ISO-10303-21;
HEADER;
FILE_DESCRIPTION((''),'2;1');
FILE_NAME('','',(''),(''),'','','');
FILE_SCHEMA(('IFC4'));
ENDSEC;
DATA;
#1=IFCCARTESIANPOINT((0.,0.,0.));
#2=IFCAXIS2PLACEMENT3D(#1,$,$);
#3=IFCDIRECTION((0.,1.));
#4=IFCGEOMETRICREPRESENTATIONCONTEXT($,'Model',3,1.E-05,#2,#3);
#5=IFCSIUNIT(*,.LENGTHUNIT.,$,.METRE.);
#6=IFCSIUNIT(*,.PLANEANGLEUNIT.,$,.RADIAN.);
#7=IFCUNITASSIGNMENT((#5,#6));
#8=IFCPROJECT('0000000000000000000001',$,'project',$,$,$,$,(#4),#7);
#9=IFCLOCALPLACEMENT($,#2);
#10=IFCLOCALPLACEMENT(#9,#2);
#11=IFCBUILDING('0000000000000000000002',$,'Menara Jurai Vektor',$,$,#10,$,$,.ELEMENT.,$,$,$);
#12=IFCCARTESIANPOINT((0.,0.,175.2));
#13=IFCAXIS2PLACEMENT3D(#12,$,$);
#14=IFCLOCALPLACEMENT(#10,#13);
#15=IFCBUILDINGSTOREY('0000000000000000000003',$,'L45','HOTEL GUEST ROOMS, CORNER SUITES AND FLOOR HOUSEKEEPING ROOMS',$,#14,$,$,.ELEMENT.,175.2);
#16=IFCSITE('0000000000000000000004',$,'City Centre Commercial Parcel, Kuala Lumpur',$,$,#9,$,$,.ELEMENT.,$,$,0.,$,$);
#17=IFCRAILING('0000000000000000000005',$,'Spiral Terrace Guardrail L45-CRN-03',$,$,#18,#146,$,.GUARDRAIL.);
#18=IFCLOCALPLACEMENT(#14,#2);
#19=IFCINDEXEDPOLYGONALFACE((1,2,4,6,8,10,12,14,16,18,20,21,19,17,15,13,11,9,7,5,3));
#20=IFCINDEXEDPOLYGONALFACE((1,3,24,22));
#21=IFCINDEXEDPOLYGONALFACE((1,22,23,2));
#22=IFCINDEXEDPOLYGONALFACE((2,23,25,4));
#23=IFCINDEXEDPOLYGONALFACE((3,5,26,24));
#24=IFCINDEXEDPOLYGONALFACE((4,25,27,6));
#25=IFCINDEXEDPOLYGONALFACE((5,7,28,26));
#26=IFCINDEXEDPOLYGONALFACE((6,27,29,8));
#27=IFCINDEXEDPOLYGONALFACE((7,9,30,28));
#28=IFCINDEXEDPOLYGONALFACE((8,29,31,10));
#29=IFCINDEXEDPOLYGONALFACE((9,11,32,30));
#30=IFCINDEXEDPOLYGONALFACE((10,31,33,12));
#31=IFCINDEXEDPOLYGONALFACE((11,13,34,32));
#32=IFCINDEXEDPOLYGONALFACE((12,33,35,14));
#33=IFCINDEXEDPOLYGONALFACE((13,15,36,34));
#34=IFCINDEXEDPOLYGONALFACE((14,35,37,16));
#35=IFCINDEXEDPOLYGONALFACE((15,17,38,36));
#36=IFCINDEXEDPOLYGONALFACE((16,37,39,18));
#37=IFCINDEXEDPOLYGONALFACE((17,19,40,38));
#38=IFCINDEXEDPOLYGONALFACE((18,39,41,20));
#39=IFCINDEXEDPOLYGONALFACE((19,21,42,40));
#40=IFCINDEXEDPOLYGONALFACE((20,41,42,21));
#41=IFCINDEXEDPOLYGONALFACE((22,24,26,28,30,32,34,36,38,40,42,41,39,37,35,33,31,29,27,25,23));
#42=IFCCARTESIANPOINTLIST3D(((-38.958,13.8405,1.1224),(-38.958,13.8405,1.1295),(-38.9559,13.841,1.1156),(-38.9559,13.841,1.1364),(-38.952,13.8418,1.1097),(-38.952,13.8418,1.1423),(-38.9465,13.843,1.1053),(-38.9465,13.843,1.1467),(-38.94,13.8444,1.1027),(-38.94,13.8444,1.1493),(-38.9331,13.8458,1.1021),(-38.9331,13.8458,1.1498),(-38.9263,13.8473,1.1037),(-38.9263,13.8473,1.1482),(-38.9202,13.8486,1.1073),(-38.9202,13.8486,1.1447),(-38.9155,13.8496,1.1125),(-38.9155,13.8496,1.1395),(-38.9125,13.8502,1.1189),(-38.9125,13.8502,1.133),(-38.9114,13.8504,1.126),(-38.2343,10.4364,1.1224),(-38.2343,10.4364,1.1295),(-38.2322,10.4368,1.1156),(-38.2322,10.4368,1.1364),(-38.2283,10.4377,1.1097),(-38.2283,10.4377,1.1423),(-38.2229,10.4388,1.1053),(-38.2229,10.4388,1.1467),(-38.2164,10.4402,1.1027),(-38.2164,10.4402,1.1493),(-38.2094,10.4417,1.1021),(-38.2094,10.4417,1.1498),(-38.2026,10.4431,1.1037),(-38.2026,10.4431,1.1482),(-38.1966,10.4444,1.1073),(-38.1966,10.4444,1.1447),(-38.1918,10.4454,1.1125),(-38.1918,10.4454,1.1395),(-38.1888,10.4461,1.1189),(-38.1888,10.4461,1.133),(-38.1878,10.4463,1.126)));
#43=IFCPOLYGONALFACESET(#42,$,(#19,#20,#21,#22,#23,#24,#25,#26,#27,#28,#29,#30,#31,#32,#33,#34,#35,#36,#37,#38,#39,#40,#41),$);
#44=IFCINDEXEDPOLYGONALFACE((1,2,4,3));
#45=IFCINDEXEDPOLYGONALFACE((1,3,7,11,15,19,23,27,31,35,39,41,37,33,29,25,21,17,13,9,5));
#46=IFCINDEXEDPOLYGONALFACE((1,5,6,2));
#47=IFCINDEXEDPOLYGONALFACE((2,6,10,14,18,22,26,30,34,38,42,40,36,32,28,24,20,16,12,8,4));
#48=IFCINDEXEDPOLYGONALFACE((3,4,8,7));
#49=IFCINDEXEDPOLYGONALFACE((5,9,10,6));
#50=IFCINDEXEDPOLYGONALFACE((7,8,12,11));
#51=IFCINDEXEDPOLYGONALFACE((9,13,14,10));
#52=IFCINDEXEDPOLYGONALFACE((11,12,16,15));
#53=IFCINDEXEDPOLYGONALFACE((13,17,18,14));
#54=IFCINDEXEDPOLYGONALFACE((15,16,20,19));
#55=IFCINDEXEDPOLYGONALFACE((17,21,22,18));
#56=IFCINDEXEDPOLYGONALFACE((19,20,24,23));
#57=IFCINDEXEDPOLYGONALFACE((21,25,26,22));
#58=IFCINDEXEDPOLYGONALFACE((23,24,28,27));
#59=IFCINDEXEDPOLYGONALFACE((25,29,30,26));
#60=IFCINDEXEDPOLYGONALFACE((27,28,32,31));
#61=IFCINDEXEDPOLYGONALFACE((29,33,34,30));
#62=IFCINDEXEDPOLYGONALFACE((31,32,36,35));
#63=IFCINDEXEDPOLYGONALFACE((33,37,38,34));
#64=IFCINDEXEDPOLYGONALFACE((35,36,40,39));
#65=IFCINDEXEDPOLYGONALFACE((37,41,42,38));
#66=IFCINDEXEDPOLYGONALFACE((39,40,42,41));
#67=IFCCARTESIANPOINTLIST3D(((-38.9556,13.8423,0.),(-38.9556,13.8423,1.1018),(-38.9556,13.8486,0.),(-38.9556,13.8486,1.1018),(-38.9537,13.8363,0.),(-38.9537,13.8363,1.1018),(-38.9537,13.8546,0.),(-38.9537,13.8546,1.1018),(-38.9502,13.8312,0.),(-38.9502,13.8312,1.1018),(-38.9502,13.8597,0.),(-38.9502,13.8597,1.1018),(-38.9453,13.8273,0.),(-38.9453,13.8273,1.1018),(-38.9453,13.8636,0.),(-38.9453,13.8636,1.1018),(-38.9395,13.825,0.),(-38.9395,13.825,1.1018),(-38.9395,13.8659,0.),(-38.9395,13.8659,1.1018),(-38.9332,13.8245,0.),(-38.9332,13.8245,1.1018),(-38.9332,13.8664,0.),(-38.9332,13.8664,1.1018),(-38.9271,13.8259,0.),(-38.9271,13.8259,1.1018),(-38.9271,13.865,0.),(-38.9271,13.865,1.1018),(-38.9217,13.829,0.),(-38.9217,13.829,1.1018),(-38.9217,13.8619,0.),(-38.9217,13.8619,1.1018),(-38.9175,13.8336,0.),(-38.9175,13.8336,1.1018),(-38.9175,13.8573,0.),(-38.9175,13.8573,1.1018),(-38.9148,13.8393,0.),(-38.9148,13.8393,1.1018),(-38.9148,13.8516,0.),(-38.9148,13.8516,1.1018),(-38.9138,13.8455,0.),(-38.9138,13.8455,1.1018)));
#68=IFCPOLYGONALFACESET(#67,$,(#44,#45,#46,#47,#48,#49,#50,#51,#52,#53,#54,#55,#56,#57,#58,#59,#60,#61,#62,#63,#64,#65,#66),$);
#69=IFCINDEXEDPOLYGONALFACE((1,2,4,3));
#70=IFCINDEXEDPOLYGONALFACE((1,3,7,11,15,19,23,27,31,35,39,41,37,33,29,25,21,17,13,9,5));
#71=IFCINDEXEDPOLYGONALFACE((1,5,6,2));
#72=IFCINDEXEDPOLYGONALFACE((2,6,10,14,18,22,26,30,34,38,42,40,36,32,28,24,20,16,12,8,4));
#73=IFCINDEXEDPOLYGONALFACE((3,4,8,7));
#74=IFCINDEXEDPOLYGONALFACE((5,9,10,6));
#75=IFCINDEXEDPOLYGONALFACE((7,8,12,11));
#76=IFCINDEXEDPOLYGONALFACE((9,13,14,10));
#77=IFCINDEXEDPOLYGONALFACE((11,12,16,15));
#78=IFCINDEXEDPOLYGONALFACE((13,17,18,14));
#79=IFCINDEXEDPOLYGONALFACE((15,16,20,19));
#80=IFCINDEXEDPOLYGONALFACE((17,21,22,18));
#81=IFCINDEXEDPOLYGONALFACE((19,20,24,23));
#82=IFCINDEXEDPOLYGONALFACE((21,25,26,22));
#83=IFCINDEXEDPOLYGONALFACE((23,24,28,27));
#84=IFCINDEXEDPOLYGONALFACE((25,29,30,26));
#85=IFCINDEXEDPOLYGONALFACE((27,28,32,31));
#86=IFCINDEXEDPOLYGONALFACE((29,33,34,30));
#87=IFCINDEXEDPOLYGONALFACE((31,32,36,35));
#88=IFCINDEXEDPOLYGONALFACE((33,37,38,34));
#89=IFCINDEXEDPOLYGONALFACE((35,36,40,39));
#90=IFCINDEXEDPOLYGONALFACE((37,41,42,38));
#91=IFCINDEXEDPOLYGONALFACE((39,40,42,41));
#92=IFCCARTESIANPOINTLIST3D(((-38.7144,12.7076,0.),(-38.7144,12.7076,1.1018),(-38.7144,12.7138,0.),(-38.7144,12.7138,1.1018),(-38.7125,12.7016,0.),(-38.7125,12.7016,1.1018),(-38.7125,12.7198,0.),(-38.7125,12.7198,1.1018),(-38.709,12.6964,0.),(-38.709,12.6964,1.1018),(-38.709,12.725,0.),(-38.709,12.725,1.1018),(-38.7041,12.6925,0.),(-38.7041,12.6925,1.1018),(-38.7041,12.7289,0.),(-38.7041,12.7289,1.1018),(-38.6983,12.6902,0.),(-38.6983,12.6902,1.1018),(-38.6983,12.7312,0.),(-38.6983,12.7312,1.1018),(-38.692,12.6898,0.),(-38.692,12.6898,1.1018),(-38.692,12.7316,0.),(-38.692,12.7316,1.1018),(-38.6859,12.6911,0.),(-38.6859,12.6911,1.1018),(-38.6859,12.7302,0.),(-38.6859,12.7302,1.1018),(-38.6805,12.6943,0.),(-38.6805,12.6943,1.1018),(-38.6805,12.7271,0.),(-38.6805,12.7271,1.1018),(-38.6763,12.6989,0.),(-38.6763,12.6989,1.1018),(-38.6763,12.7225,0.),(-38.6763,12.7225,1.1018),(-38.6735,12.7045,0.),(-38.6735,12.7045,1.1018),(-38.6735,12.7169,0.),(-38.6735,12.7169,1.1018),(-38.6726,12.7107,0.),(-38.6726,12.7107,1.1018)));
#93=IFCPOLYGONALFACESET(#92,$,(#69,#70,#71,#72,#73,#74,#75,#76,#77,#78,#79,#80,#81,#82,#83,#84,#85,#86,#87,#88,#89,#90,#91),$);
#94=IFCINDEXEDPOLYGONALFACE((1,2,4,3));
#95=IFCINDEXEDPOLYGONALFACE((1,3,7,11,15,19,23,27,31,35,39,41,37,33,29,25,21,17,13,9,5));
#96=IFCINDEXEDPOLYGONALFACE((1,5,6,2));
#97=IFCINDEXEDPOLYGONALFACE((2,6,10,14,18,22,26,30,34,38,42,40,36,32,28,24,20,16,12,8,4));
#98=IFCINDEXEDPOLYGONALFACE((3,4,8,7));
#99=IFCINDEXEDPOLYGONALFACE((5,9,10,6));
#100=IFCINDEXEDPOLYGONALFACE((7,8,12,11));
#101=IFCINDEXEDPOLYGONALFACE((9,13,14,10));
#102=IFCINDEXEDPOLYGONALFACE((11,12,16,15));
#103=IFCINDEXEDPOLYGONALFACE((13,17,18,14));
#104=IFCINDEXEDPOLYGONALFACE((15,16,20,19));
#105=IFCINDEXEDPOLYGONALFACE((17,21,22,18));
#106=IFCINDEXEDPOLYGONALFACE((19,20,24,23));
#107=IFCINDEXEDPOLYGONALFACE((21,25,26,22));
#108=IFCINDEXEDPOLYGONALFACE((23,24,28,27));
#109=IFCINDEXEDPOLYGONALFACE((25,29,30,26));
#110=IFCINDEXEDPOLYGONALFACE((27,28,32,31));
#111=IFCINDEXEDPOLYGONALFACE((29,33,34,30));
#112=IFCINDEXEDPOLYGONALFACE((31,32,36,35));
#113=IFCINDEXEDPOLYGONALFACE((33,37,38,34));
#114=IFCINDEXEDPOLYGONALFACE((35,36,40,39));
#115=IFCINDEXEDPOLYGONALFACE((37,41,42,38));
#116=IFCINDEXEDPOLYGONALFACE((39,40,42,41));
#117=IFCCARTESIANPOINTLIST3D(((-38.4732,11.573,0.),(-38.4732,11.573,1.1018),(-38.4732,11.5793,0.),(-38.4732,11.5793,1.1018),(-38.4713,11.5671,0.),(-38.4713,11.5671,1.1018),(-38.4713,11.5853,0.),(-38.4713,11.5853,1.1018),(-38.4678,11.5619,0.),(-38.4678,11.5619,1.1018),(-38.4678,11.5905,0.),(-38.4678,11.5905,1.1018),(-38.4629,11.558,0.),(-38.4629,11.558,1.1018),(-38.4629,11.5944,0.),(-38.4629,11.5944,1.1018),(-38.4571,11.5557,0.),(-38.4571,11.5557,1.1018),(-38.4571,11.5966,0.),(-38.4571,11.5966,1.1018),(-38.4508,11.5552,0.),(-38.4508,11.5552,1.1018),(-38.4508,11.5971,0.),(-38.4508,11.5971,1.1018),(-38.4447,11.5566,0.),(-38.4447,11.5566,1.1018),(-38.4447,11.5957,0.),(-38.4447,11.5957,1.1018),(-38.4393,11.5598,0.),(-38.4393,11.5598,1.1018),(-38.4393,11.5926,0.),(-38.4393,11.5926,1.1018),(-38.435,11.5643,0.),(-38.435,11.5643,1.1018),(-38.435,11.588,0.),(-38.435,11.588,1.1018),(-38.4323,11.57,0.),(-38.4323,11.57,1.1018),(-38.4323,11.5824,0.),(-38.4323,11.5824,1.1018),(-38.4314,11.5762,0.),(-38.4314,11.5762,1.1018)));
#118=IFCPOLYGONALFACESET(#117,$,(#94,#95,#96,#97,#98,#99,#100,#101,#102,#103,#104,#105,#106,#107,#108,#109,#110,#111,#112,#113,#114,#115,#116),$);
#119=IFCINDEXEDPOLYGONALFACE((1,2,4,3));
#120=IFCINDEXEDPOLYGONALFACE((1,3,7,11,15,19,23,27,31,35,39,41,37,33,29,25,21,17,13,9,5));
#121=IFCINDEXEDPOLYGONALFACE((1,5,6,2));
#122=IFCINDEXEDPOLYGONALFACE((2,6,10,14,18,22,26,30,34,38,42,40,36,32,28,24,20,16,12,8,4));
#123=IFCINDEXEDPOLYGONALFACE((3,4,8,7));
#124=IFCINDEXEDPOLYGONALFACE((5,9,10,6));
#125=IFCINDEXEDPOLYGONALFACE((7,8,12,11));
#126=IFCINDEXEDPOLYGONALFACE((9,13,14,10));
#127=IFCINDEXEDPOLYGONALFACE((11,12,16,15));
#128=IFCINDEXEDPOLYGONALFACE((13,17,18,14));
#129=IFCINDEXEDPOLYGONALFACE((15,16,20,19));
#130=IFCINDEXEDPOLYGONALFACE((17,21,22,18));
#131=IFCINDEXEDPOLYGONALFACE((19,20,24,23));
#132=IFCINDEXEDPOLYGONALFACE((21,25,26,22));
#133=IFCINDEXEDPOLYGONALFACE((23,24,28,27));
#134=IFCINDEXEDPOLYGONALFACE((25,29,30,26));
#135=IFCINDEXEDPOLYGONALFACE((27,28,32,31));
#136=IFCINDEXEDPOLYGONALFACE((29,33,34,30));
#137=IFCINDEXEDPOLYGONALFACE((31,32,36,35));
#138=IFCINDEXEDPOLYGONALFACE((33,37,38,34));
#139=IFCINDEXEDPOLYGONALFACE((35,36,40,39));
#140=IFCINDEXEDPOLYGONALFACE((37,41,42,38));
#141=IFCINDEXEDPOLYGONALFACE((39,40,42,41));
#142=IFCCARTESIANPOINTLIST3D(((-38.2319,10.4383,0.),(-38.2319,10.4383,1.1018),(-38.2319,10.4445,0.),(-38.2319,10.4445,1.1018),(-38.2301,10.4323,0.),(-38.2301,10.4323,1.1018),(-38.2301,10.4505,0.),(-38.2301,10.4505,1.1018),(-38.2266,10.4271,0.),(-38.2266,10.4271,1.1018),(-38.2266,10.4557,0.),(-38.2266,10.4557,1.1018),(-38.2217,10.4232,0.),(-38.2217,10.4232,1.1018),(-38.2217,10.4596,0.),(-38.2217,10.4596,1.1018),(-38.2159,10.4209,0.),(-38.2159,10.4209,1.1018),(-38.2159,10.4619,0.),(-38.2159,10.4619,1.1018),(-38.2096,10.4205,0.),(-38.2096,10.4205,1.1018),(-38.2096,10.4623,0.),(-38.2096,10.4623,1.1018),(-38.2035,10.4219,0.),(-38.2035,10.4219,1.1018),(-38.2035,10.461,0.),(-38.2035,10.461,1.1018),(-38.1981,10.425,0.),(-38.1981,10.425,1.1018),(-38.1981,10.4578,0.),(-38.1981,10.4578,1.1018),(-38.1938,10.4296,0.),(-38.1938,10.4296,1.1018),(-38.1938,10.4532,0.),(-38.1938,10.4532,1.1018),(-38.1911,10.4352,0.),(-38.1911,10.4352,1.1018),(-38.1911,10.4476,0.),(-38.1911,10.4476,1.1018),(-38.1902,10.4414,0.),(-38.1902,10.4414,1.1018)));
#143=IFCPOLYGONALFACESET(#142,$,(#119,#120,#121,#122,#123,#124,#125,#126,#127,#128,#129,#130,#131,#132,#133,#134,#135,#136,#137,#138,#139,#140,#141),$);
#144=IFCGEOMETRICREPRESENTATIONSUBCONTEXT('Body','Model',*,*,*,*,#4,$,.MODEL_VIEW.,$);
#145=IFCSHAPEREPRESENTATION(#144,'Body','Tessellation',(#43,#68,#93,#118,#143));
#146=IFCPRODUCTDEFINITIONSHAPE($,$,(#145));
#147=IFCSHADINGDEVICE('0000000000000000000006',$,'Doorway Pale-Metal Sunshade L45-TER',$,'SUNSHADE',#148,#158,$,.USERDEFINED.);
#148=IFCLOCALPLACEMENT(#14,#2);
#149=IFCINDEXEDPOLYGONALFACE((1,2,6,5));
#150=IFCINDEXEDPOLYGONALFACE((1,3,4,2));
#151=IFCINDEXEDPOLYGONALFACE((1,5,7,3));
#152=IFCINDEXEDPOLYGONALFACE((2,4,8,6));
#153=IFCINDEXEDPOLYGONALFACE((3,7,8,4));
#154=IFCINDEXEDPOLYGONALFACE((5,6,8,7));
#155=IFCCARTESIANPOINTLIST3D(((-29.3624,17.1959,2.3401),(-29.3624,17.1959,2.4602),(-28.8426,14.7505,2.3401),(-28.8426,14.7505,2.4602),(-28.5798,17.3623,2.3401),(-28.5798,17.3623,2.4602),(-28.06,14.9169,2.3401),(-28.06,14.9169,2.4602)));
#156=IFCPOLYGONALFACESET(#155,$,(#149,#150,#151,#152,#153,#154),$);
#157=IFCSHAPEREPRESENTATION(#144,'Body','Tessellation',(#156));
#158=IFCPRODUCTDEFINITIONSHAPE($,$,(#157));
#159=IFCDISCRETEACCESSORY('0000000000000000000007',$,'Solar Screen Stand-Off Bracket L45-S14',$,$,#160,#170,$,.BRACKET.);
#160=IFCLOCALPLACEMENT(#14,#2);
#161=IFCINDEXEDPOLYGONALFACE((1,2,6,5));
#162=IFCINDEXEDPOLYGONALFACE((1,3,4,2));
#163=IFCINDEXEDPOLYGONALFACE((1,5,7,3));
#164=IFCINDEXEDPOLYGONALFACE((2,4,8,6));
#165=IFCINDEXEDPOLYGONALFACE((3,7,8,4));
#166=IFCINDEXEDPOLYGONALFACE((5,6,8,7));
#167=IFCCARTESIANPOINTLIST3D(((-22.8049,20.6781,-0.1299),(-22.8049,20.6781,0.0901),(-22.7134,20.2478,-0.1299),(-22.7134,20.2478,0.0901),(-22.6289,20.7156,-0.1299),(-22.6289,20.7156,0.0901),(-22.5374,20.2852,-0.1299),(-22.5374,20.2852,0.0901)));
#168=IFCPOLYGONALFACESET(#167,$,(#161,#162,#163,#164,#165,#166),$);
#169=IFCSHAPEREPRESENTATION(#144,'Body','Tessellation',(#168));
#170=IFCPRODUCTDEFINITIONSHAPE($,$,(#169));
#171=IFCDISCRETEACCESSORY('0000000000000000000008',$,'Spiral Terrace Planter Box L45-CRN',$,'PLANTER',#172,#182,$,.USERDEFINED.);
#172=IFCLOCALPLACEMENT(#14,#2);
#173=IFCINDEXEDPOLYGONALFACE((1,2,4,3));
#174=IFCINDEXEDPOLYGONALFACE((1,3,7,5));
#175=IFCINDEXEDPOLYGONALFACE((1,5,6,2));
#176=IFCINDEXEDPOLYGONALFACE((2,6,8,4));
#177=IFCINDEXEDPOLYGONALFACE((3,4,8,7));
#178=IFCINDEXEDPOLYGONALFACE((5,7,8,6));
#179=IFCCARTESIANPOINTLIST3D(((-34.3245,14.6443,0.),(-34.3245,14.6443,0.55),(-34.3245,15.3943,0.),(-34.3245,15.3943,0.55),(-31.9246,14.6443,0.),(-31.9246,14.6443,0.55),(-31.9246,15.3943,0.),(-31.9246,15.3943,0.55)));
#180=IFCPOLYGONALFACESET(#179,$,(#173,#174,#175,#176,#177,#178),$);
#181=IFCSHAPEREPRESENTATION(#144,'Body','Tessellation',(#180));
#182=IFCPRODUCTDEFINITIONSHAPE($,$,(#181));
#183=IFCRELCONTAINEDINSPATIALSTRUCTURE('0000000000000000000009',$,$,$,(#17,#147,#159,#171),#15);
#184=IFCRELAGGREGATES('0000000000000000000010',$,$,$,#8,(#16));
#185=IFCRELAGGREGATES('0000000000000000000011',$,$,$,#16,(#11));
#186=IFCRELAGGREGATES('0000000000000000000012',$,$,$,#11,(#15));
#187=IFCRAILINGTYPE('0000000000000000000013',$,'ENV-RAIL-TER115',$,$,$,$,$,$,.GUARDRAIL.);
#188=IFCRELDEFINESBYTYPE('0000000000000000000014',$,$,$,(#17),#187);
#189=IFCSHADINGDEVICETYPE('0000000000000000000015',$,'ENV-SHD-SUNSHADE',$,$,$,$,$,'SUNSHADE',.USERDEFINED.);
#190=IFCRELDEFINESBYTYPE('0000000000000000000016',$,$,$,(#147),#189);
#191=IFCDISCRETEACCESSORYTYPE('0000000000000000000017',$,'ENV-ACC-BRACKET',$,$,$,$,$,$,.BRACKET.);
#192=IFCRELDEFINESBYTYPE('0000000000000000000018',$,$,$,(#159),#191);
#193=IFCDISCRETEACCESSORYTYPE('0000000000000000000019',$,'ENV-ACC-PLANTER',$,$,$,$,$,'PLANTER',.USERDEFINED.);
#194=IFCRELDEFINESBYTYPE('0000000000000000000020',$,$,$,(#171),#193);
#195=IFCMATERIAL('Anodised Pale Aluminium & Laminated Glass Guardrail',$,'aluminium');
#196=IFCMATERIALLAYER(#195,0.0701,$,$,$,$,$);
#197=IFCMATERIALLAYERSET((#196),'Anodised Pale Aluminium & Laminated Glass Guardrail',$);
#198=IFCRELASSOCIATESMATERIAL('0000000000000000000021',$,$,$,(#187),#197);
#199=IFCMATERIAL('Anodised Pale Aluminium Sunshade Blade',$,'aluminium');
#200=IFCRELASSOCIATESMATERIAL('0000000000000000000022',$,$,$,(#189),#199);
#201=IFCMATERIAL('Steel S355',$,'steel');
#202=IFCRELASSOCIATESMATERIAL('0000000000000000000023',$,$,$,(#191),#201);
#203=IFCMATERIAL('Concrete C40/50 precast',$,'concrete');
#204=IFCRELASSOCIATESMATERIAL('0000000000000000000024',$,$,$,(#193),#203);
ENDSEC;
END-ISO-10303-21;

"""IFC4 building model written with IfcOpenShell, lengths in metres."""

from ifc_helpers import new_model, si_unit, direction, frame, origin, origin_2d, place, context, subcontext, project, spatial, rectangle, circle, extrude, material, layer, layer_set, type_object, element, save


model = new_model("IFC4")

# Units and contexts
model_context = context("Model", 3, precision=1e-05, world=origin(), true_north=direction((0.0, 1.0)))
body_context = subcontext(model_context, "Body", "Model", "MODEL_VIEW")
ifc_project = project(units=[si_unit("LENGTHUNIT", "METRE"), si_unit("PLANEANGLEUNIT", "RADIAN")], contexts=[model_context])

# Site, building, storey
site_placement = place(None, origin())
site = spatial("IfcSite", under=ifc_project, at=site_placement, Name="City Centre Commercial Parcel, Kuala Lumpur", CompositionType="ELEMENT", RefElevation=0.0)
building_placement = place(site_placement, origin())
building = spatial("IfcBuilding", under=site, at=building_placement, Name="Menara Jurai Vektor", CompositionType="ELEMENT")
storey_placement = place(building_placement, frame((0.0, 0.0, 175.2)))
storey = spatial("IfcBuildingStorey", under=building, at=storey_placement, Name="L45", Description="HOTEL GUEST ROOMS, CORNER SUITES AND FLOOR HOUSEKEEPING ROOMS", CompositionType="ELEMENT", Elevation=175.2)

# Shared definitions
ifc_material_1 = material(Name="Steel S355", Category="steel")

# Railing
ifc_material_2 = material(Name="Anodised Pale Aluminium & Laminated Glass Guardrail", Category="aluminium")
ifc_layer_1 = layer(ifc_material_2, 0.0701)
ifc_layer_set_1 = layer_set([ifc_layer_1], Name="Anodised Pale Aluminium & Laminated Glass Guardrail")
railing_type = type_object("IfcRailingType", Name="ENV-RAIL-TER115", PredefinedType="GUARDRAIL", material=ifc_layer_set_1)
railing_1_placement = place(storey_placement, frame((-38.9348, 13.8455, 0.0)))
element("IfcRailing", 1, at=railing_1_placement, inside=storey, type_object=railing_type, Name="Spiral Terrace Guardrail L45-CRN-03", PredefinedType="GUARDRAIL", context=body_context, shape_type="SweptSolid", body=[
    extrude(circle(Radius=0.0239, at=origin_2d()), frame((0.0, 0.0, 1.126), z_axis=(0.207933, -0.978143, 0.0), x_axis=(0.978143, 0.207933, 0.0)), (0.0, 0.0, 1.0), 3.4802),
    extrude(circle(Radius=0.021, at=origin_2d()), origin(), (0.0, 0.0, 1.0), 1.1018),
    extrude(circle(Radius=0.021, at=origin_2d()), frame((0.2412, -1.1348, 0.0)), (0.0, 0.0, 1.0), 1.1018),
    extrude(circle(Radius=0.021, at=origin_2d()), frame((0.4824, -2.2693, 0.0)), (0.0, 0.0, 1.0), 1.1018),
    extrude(circle(Radius=0.021, at=origin_2d()), frame((0.7236, -3.4041, 0.0)), (0.0, 0.0, 1.0), 1.1018),
])

# Shading device
ifc_material_3 = material(Name="Anodised Pale Aluminium Sunshade Blade", Category="aluminium")
shading_device_type = type_object("IfcShadingDeviceType", Name="ENV-SHD-SUNSHADE", ElementType="SUNSHADE", PredefinedType="USERDEFINED", material=ifc_material_3)
shading_device_placement = place(storey_placement, frame((-28.7112, 16.0564, 2.3401), z_axis=(0.0, 0.0, 1.0), x_axis=(0.207912, -0.978148, 0.0)))
element("IfcShadingDevice", 2, at=shading_device_placement, inside=storey, type_object=shading_device_type, Name="Doorway Pale-Metal Sunshade L45-TER", ObjectType="SUNSHADE", PredefinedType="USERDEFINED", context=body_context, shape_type="SweptSolid", body=[
    extrude(rectangle(XDim=2.5, YDim=0.8, at=origin_2d()), origin(), (0.0, 0.0, 1.0), 0.1201),
])

# Discrete accessories
discrete_accessory_type_1 = type_object("IfcDiscreteAccessoryType", Name="ENV-ACC-BRACKET", PredefinedType="BRACKET", material=ifc_material_1)
discrete_accessory_1_placement = place(storey_placement, frame((-22.6711, 20.4817, -0.1299), z_axis=(0.0, 0.0, 1.0), x_axis=(-0.978148, -0.207912, 0.0)))
element("IfcDiscreteAccessory", 3, at=discrete_accessory_1_placement, inside=storey, type_object=discrete_accessory_type_1, Name="Solar Screen Stand-Off Bracket L45-S14", PredefinedType="BRACKET", context=body_context, shape_type="SweptSolid", body=[
    extrude(rectangle(XDim=0.1799, YDim=0.4399, at=origin_2d()), origin(), (0.0, 0.0, 1.0), 0.22),
])
ifc_material_4 = material(Name="Concrete C40/50 precast", Category="concrete")
discrete_accessory_type_2 = type_object("IfcDiscreteAccessoryType", Name="ENV-ACC-PLANTER", ElementType="PLANTER", PredefinedType="USERDEFINED", material=ifc_material_4)
discrete_accessory_2_placement = place(storey_placement, frame((-33.1245, 15.0193, 0.0), z_axis=(0.0, 0.0, 1.0), x_axis=(1.0, 0.0, 0.0)))
element("IfcDiscreteAccessory", 4, at=discrete_accessory_2_placement, inside=storey, type_object=discrete_accessory_type_2, Name="Spiral Terrace Planter Box L45-CRN", ObjectType="PLANTER", PredefinedType="USERDEFINED", context=body_context, shape_type="SweptSolid", body=[
    extrude(rectangle(XDim=2.3999, YDim=0.75, at=origin_2d()), origin(), (0.0, 0.0, 1.0), 0.55),
])

save(model, "model.ifc")
